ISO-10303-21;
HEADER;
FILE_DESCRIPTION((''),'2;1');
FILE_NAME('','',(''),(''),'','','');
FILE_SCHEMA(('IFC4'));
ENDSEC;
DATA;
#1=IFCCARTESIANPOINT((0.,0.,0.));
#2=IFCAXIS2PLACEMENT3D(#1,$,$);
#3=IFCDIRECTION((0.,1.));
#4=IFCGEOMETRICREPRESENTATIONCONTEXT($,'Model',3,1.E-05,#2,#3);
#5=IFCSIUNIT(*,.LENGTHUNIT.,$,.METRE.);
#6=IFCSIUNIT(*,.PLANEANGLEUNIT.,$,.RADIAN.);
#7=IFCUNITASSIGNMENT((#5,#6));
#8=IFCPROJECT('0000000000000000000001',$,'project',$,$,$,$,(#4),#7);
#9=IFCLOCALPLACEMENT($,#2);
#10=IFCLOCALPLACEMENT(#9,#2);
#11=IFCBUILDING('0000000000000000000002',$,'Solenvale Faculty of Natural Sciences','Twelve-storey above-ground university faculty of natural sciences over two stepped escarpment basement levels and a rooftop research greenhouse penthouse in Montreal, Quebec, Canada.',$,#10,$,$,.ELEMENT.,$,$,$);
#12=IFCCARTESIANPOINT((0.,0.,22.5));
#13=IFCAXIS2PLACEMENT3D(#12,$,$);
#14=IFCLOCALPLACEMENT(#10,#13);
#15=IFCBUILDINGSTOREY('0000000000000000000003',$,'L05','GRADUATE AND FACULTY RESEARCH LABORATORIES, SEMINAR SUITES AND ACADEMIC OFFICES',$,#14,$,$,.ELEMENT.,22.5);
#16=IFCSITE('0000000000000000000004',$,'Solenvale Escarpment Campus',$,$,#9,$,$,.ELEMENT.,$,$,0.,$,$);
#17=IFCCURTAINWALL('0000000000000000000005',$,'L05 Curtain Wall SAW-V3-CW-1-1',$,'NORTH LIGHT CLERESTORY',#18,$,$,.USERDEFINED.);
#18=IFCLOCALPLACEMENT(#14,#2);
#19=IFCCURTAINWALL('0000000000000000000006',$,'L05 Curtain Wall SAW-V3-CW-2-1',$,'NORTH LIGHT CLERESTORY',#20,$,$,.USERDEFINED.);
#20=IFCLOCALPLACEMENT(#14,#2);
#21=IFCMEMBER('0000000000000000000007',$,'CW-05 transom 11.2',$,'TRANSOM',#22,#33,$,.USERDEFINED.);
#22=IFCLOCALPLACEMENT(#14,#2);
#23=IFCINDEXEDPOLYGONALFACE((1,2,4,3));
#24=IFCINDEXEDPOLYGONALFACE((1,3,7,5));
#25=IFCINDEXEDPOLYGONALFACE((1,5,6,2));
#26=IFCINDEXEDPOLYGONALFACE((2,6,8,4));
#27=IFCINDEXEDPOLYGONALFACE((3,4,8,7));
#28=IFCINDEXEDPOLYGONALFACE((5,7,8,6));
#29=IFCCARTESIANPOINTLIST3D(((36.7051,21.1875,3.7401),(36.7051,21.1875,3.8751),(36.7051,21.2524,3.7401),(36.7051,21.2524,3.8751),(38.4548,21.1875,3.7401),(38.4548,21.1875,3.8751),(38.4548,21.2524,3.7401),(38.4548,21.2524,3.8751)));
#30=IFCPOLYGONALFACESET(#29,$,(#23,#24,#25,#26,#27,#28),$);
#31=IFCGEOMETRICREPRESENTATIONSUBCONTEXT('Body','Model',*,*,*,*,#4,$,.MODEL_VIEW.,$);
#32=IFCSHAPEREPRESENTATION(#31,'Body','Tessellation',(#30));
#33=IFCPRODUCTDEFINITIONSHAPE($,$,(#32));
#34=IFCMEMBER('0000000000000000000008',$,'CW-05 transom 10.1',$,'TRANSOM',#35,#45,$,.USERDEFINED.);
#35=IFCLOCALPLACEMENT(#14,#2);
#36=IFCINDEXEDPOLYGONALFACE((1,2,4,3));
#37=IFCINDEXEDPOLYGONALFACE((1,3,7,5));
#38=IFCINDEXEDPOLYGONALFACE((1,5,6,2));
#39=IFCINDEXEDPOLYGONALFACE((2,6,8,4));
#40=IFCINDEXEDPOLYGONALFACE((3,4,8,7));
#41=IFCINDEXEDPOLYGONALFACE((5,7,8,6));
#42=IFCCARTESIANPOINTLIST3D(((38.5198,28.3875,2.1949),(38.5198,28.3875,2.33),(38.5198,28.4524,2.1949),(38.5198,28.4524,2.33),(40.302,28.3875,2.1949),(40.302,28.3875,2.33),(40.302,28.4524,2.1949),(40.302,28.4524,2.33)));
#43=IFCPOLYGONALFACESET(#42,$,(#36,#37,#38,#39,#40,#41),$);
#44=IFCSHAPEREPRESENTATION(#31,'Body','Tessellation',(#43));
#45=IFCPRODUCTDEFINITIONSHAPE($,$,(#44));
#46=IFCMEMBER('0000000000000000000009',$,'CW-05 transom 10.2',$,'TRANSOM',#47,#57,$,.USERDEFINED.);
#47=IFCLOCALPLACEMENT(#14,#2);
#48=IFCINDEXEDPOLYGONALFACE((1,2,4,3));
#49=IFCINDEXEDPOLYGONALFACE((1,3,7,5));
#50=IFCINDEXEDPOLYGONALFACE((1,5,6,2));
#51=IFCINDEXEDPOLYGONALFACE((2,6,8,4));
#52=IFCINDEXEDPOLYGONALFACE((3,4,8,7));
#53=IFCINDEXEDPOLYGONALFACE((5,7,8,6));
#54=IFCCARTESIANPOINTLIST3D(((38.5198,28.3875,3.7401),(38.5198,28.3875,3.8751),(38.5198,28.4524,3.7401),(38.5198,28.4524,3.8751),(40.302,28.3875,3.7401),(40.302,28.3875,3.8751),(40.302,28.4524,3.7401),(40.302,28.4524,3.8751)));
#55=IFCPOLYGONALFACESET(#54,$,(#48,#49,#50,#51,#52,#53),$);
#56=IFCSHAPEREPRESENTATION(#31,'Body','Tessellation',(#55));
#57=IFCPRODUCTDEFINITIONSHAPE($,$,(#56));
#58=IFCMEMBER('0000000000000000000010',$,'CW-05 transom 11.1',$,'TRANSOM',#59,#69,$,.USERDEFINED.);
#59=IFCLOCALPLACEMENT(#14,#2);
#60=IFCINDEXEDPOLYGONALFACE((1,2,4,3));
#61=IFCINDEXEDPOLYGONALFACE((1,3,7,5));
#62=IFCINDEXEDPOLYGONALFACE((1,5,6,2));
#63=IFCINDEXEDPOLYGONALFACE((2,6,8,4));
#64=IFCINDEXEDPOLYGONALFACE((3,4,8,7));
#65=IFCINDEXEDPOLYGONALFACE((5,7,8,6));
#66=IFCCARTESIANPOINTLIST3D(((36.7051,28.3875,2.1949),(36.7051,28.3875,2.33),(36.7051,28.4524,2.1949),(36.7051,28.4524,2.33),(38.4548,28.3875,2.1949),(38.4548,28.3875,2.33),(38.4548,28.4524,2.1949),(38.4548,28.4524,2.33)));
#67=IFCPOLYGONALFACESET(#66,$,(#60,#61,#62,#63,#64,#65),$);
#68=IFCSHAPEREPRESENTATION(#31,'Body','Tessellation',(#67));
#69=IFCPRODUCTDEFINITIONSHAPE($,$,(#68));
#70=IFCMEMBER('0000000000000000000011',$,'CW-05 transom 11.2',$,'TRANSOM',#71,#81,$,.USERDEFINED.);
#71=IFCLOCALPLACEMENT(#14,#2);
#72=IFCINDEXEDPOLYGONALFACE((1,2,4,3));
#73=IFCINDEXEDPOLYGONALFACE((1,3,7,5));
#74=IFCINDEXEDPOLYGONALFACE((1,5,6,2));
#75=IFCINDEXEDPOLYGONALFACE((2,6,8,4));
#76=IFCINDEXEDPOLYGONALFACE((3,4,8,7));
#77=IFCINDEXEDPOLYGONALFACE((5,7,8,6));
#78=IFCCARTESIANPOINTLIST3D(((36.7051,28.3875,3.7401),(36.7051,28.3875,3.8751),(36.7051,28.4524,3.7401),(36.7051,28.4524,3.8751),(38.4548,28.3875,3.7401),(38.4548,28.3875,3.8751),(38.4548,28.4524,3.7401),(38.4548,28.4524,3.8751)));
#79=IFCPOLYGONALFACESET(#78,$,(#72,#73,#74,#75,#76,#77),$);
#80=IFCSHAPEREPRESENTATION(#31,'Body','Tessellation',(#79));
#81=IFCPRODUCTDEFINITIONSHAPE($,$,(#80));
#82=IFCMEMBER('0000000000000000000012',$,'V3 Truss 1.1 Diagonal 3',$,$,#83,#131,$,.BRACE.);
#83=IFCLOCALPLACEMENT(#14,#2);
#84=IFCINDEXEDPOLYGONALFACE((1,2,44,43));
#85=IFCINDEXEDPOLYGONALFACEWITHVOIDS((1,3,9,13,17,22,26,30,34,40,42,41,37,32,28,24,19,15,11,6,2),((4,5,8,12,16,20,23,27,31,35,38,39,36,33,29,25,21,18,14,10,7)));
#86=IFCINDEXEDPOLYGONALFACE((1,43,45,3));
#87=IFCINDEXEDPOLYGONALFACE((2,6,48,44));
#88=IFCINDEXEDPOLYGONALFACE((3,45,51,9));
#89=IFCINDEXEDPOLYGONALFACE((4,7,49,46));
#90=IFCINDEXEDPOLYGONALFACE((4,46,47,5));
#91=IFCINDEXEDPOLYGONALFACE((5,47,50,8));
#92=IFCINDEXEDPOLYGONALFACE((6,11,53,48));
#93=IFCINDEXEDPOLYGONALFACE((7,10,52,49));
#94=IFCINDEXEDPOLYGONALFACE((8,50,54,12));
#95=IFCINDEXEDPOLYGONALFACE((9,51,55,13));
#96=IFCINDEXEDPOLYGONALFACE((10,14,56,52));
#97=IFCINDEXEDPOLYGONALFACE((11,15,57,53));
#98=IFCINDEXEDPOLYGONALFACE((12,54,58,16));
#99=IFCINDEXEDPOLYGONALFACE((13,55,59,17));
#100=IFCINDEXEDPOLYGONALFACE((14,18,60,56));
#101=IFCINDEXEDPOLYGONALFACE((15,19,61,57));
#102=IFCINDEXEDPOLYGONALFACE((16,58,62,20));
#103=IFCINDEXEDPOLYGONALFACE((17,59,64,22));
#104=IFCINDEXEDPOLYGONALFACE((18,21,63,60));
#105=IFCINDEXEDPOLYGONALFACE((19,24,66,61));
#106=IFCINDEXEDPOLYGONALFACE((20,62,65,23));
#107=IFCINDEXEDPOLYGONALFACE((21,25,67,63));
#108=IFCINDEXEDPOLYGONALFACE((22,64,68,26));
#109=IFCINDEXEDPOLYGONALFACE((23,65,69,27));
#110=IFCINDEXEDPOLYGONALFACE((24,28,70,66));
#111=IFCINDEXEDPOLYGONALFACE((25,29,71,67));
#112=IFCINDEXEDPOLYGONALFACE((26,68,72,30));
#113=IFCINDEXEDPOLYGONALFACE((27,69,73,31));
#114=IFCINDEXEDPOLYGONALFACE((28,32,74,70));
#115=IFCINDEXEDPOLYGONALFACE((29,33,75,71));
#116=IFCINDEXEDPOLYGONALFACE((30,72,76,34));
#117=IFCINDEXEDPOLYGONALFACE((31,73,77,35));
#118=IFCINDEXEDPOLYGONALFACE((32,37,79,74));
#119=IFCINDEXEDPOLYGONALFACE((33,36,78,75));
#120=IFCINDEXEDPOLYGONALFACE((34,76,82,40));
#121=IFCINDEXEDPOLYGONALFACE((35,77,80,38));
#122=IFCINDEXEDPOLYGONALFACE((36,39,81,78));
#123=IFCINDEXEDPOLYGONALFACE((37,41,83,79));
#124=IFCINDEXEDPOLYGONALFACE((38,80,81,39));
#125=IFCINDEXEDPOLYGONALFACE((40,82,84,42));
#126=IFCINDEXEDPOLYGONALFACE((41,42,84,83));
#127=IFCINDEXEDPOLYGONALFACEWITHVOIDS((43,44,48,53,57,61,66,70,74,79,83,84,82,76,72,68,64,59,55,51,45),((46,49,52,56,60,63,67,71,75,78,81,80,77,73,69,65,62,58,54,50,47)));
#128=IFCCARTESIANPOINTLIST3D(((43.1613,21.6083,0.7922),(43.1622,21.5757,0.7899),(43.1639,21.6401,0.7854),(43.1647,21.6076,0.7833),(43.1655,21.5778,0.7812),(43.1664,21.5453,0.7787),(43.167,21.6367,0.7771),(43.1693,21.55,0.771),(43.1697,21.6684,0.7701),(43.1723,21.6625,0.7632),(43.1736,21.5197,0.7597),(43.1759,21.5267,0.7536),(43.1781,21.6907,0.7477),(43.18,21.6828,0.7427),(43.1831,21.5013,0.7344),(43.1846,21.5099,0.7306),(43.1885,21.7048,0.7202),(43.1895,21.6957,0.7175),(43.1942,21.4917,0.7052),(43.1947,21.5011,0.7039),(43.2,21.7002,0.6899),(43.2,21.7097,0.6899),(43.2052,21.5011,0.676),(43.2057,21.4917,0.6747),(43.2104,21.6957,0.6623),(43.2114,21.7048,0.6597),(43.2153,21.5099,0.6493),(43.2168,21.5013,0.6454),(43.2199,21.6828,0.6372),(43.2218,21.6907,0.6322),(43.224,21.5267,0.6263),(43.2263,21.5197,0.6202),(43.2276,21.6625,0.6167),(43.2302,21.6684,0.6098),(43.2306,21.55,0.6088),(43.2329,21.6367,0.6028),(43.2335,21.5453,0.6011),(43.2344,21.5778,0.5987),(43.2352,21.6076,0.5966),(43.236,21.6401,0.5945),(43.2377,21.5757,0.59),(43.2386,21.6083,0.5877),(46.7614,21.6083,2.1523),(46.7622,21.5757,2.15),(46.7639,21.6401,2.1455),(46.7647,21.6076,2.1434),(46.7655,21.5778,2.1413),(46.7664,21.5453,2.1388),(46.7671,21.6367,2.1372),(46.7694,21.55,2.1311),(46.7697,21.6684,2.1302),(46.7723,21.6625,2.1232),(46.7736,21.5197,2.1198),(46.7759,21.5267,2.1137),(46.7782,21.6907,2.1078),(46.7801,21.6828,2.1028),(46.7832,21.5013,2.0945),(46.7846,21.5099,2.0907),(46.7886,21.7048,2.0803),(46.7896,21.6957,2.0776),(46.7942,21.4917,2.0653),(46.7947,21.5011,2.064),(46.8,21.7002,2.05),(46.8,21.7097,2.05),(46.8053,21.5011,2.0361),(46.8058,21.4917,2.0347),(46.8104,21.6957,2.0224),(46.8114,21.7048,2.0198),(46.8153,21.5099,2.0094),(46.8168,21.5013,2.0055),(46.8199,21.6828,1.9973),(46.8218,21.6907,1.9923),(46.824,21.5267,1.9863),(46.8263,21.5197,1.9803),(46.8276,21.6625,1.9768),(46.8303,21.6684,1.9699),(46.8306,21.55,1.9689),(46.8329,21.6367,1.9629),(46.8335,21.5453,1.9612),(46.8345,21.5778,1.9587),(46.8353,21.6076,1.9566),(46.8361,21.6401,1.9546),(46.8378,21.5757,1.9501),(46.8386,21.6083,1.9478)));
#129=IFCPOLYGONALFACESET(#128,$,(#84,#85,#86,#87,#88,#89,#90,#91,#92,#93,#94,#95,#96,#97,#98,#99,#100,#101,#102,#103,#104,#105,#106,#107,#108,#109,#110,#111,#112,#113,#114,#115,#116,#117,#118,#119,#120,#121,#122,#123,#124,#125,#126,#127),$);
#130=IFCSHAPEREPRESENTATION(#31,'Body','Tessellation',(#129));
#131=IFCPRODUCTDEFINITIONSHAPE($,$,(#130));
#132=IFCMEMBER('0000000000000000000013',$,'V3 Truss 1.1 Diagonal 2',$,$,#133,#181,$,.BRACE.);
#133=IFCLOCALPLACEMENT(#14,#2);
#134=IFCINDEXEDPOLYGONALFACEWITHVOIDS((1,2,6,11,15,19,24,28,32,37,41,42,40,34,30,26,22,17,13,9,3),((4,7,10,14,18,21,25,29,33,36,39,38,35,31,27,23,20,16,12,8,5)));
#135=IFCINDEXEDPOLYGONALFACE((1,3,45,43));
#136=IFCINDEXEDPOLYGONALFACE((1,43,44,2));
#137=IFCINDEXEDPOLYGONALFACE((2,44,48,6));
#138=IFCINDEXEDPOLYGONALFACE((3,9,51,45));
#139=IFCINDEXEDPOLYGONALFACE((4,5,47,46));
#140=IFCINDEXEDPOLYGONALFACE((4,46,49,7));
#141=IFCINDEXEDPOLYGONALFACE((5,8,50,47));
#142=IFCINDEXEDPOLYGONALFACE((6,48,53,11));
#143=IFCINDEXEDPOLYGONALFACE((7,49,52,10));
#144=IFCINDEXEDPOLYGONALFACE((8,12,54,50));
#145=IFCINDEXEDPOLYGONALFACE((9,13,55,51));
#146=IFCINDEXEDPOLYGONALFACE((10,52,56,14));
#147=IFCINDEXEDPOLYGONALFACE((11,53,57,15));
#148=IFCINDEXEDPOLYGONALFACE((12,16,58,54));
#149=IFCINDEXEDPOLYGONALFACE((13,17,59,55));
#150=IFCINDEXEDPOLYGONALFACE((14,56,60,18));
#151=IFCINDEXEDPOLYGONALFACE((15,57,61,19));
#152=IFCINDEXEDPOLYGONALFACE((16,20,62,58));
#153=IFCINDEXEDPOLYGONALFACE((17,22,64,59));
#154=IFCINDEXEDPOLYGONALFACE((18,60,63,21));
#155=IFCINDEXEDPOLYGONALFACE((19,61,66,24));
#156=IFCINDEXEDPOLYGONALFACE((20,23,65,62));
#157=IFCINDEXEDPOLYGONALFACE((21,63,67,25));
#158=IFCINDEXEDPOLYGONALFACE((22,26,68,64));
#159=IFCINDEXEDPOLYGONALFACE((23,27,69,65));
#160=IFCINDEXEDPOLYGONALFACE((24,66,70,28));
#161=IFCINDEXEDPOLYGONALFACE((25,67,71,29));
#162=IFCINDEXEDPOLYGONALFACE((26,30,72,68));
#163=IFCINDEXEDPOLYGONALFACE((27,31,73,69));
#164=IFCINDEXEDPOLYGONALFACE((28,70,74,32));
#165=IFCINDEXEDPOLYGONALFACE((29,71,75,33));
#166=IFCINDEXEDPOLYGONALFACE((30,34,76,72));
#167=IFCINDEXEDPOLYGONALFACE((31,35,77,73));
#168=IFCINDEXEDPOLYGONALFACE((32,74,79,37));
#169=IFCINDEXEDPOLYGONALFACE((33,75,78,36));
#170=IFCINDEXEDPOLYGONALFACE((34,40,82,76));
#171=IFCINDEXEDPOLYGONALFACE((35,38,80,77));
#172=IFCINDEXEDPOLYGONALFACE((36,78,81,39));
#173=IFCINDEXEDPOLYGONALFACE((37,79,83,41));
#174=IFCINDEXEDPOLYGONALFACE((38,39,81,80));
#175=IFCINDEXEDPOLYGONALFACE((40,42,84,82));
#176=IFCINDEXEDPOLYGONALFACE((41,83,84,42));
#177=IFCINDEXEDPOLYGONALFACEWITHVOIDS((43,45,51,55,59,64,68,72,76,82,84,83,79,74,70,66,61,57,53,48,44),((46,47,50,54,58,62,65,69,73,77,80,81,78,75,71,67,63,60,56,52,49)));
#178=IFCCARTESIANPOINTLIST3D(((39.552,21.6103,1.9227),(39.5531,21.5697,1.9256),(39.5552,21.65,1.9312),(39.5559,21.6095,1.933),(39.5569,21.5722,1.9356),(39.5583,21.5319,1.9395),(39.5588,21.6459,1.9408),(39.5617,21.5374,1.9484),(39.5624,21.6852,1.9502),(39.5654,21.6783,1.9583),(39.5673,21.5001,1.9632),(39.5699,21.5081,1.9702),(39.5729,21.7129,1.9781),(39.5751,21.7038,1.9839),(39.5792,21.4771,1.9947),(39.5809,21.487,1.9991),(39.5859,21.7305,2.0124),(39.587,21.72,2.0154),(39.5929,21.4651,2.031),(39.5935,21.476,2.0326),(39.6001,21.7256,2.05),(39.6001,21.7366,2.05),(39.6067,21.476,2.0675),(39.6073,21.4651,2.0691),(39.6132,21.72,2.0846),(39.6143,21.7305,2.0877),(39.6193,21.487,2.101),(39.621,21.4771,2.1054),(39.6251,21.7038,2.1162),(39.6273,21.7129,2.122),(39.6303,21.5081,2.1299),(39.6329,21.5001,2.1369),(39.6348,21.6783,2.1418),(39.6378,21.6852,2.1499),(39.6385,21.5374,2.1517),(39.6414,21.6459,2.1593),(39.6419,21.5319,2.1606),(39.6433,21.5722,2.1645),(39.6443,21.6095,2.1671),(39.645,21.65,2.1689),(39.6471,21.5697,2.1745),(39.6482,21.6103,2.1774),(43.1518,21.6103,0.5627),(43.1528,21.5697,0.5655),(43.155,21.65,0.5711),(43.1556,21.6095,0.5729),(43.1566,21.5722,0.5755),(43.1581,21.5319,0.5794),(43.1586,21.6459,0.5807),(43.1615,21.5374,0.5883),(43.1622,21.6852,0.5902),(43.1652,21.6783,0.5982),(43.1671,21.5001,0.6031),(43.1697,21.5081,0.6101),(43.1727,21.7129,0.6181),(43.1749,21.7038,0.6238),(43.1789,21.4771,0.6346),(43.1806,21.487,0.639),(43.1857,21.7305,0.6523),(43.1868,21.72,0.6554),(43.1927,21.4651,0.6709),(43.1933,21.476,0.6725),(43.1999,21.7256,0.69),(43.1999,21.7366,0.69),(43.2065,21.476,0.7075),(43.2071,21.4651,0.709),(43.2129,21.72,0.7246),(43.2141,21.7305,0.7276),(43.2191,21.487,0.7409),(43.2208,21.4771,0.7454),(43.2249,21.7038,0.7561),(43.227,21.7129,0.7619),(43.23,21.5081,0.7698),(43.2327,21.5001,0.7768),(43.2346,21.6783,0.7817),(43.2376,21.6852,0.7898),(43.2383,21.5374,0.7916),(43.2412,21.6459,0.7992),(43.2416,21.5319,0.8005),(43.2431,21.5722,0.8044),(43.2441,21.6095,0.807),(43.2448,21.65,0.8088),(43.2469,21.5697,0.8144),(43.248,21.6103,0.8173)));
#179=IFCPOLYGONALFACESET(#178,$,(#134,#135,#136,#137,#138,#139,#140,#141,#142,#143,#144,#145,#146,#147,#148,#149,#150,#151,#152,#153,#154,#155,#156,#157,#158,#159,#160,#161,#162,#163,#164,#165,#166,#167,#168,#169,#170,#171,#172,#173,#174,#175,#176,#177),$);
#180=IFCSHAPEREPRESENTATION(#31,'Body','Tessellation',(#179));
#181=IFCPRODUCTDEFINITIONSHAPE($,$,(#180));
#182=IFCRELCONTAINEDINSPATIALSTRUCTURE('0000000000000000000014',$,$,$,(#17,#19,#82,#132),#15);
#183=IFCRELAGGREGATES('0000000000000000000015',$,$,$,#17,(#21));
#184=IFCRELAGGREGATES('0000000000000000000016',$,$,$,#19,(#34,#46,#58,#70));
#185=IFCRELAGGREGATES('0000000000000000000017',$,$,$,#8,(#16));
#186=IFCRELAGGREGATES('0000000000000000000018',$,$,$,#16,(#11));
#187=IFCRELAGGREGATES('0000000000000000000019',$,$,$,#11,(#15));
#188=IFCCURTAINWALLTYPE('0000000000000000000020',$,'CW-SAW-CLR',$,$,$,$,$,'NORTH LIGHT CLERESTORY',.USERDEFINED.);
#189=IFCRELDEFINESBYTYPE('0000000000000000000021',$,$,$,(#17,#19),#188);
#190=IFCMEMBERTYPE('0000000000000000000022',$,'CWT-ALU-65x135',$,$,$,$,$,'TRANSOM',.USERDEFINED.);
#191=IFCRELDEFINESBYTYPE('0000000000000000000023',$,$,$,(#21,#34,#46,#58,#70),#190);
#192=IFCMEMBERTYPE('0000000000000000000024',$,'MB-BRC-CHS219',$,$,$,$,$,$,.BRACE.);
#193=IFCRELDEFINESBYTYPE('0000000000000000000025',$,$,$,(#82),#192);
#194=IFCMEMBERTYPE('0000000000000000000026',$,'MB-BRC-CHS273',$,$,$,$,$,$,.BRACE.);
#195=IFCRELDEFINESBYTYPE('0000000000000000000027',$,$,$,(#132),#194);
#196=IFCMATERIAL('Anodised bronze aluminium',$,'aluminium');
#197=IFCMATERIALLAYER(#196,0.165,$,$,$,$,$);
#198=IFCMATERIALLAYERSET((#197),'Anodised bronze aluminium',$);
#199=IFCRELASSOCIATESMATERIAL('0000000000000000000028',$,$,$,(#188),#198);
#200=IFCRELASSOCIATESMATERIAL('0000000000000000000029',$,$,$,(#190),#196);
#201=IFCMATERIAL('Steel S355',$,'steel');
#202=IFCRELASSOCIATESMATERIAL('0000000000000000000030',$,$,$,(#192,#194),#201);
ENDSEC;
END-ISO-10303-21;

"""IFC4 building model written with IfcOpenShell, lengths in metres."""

from ifc_helpers import new_model, si_unit, direction, frame, origin, origin_2d, place, context, subcontext, project, spatial, rectangle, hollow_circle, extrude, material, layer, layer_set, material_profile, profile_set, type_object, element, aggregate, save


model = new_model("IFC4")

# Units and contexts
model_context = context("Model", 3, precision=1e-05, world=origin(), true_north=direction((0.0, 1.0)))
body_context = subcontext(model_context, "Body", "Model", "MODEL_VIEW")
ifc_project = project(units=[si_unit("LENGTHUNIT", "METRE"), si_unit("PLANEANGLEUNIT", "RADIAN")], contexts=[model_context])

# Site, building, storey
site_placement = place(None, origin())
site = spatial("IfcSite", under=ifc_project, at=site_placement, Name="Solenvale Escarpment Campus", CompositionType="ELEMENT", RefElevation=0.0)
building_placement = place(site_placement, origin())
building = spatial("IfcBuilding", under=site, at=building_placement, Name="Solenvale Faculty of Natural Sciences", Description="Twelve-storey above-ground university faculty of natural sciences over two stepped escarpment basement levels and a rooftop research greenhouse penthouse in Montreal, Quebec, Canada.", CompositionType="ELEMENT")
storey_placement = place(building_placement, frame((0.0, 0.0, 22.5)))
storey = spatial("IfcBuildingStorey", under=building, at=storey_placement, Name="L05", Description="GRADUATE AND FACULTY RESEARCH LABORATORIES, SEMINAR SUITES AND ACADEMIC OFFICES", CompositionType="ELEMENT", Elevation=22.5)

# Curtain walls
ifc_material_1 = material(Name="Anodised bronze aluminium", Category="aluminium")
ifc_layer_1 = layer(ifc_material_1, 0.165)
ifc_layer_set_1 = layer_set([ifc_layer_1], Name="Anodised bronze aluminium")
curtain_wall_type = type_object("IfcCurtainWallType", Name="CW-SAW-CLR", ElementType="NORTH LIGHT CLERESTORY", PredefinedType="USERDEFINED", material=ifc_layer_set_1)
curtain_wall_1_placement = place(storey_placement, origin())
curtain_wall_1 = element("IfcCurtainWall", 1, at=curtain_wall_1_placement, inside=storey, type_object=curtain_wall_type, Name="L05 Curtain Wall SAW-V3-CW-1-1", ObjectType="NORTH LIGHT CLERESTORY", PredefinedType="USERDEFINED")
curtain_wall_2_placement = place(storey_placement, origin())
curtain_wall_2 = element("IfcCurtainWall", 2, at=curtain_wall_2_placement, inside=storey, type_object=curtain_wall_type, Name="L05 Curtain Wall SAW-V3-CW-2-1", ObjectType="NORTH LIGHT CLERESTORY", PredefinedType="USERDEFINED")

# Members
ifc_material_profile_1 = material_profile(ifc_material_1, rectangle(XDim=0.0649, YDim=0.135, at=origin_2d()), Name="ALU-TRN-65x135")
ifc_profile_set_1 = profile_set([ifc_material_profile_1], Name="Anodised bronze aluminium")
member_type_1 = type_object("IfcMemberType", Name="CWT-ALU-65x135", ElementType="TRANSOM", PredefinedType="USERDEFINED", material=ifc_profile_set_1)
member_1_placement = place(storey_placement, frame((38.4548, 21.22, 3.8076), z_axis=(-1.0, 0.0, 0.0), x_axis=(0.0, -1.0, 0.0)))
member_1 = element("IfcMember", 3, at=member_1_placement, type_object=member_type_1, Name="CW-05 transom 11.2", ObjectType="TRANSOM", PredefinedType="USERDEFINED", context=body_context, shape_type="SweptSolid", body=[
    extrude(rectangle(XDim=0.0649, YDim=0.135, at=origin_2d()), origin(), (0.0, 0.0, 1.0), 1.7498),
])
member_2_placement = place(storey_placement, frame((40.302, 28.4199, 2.2625), z_axis=(-1.0, 0.0, 0.0), x_axis=(0.0, -1.0, 0.0)))
member_2 = element("IfcMember", 4, at=member_2_placement, type_object=member_type_1, Name="CW-05 transom 10.1", ObjectType="TRANSOM", PredefinedType="USERDEFINED", context=body_context, shape_type="SweptSolid", body=[
    extrude(rectangle(XDim=0.0649, YDim=0.135, at=origin_2d()), origin(), (0.0, 0.0, 1.0), 1.7822),
])
member_3_placement = place(storey_placement, frame((40.302, 28.4199, 3.8076), z_axis=(-1.0, 0.0, 0.0), x_axis=(0.0, -1.0, 0.0)))
member_3 = element("IfcMember", 5, at=member_3_placement, type_object=member_type_1, Name="CW-05 transom 10.2", ObjectType="TRANSOM", PredefinedType="USERDEFINED", context=body_context, shape_type="SweptSolid", body=[
    extrude(rectangle(XDim=0.0649, YDim=0.135, at=origin_2d()), origin(), (0.0, 0.0, 1.0), 1.7822),
])
member_4_placement = place(storey_placement, frame((38.4548, 28.4199, 2.2625), z_axis=(-1.0, 0.0, 0.0), x_axis=(0.0, -1.0, 0.0)))
member_4 = element("IfcMember", 6, at=member_4_placement, type_object=member_type_1, Name="CW-05 transom 11.1", ObjectType="TRANSOM", PredefinedType="USERDEFINED", context=body_context, shape_type="SweptSolid", body=[
    extrude(rectangle(XDim=0.0649, YDim=0.135, at=origin_2d()), origin(), (0.0, 0.0, 1.0), 1.7498),
])
member_5_placement = place(storey_placement, frame((38.4548, 28.4199, 3.8076), z_axis=(-1.0, 0.0, 0.0), x_axis=(0.0, -1.0, 0.0)))
member_5 = element("IfcMember", 7, at=member_5_placement, type_object=member_type_1, Name="CW-05 transom 11.2", ObjectType="TRANSOM", PredefinedType="USERDEFINED", context=body_context, shape_type="SweptSolid", body=[
    extrude(rectangle(XDim=0.0649, YDim=0.135, at=origin_2d()), origin(), (0.0, 0.0, 1.0), 1.7498),
])

# Members
ifc_material_2 = material(Name="Steel S355", Category="steel")
ifc_material_profile_2 = material_profile(ifc_material_2, hollow_circle(Radius=0.1096, WallThickness=0.0095, at=origin_2d()), Name="HSS219x9.5")
ifc_profile_set_2 = profile_set([ifc_material_profile_2], Name="Steel S355")
member_type_2 = type_object("IfcMemberType", Name="MB-BRC-CHS219", PredefinedType="BRACE", material=ifc_profile_set_2)
member_6_placement = place(storey_placement, frame((43.2, 21.6001, 0.6899), z_axis=(0.935466, 0.0, 0.353417), x_axis=(0.0, 1.0, 0.0)))
element("IfcMember", 8, at=member_6_placement, inside=storey, type_object=member_type_2, Name="V3 Truss 1.1 Diagonal 3", PredefinedType="BRACE", context=body_context, shape_type="SweptSolid", body=[
    extrude(hollow_circle(Radius=0.1096, WallThickness=0.0095, at=origin_2d()), origin(), (0.0, 0.0, 1.0), 3.8484),
])
ifc_material_profile_3 = material_profile(ifc_material_2, hollow_circle(Radius=0.1365, WallThickness=0.011, at=origin_2d()), Name="HSS273x11")
ifc_profile_set_3 = profile_set([ifc_material_profile_3], Name="Steel S355")
member_type_3 = type_object("IfcMemberType", Name="MB-BRC-CHS273", PredefinedType="BRACE", material=ifc_profile_set_3)
member_7_placement = place(storey_placement, frame((39.6001, 21.6001, 2.05), z_axis=(0.935458, 0.0, -0.353438), x_axis=(0.0, 1.0, 0.0)))
element("IfcMember", 9, at=member_7_placement, inside=storey, type_object=member_type_3, Name="V3 Truss 1.1 Diagonal 2", PredefinedType="BRACE", context=body_context, shape_type="SweptSolid", body=[
    extrude(hollow_circle(Radius=0.1365, WallThickness=0.011, at=origin_2d()), origin(), (0.0, 0.0, 1.0), 3.8481),
])

aggregate(curtain_wall_1, [member_1])
aggregate(curtain_wall_2, [member_2, member_3, member_4, member_5])

save(model, "model.ifc")
